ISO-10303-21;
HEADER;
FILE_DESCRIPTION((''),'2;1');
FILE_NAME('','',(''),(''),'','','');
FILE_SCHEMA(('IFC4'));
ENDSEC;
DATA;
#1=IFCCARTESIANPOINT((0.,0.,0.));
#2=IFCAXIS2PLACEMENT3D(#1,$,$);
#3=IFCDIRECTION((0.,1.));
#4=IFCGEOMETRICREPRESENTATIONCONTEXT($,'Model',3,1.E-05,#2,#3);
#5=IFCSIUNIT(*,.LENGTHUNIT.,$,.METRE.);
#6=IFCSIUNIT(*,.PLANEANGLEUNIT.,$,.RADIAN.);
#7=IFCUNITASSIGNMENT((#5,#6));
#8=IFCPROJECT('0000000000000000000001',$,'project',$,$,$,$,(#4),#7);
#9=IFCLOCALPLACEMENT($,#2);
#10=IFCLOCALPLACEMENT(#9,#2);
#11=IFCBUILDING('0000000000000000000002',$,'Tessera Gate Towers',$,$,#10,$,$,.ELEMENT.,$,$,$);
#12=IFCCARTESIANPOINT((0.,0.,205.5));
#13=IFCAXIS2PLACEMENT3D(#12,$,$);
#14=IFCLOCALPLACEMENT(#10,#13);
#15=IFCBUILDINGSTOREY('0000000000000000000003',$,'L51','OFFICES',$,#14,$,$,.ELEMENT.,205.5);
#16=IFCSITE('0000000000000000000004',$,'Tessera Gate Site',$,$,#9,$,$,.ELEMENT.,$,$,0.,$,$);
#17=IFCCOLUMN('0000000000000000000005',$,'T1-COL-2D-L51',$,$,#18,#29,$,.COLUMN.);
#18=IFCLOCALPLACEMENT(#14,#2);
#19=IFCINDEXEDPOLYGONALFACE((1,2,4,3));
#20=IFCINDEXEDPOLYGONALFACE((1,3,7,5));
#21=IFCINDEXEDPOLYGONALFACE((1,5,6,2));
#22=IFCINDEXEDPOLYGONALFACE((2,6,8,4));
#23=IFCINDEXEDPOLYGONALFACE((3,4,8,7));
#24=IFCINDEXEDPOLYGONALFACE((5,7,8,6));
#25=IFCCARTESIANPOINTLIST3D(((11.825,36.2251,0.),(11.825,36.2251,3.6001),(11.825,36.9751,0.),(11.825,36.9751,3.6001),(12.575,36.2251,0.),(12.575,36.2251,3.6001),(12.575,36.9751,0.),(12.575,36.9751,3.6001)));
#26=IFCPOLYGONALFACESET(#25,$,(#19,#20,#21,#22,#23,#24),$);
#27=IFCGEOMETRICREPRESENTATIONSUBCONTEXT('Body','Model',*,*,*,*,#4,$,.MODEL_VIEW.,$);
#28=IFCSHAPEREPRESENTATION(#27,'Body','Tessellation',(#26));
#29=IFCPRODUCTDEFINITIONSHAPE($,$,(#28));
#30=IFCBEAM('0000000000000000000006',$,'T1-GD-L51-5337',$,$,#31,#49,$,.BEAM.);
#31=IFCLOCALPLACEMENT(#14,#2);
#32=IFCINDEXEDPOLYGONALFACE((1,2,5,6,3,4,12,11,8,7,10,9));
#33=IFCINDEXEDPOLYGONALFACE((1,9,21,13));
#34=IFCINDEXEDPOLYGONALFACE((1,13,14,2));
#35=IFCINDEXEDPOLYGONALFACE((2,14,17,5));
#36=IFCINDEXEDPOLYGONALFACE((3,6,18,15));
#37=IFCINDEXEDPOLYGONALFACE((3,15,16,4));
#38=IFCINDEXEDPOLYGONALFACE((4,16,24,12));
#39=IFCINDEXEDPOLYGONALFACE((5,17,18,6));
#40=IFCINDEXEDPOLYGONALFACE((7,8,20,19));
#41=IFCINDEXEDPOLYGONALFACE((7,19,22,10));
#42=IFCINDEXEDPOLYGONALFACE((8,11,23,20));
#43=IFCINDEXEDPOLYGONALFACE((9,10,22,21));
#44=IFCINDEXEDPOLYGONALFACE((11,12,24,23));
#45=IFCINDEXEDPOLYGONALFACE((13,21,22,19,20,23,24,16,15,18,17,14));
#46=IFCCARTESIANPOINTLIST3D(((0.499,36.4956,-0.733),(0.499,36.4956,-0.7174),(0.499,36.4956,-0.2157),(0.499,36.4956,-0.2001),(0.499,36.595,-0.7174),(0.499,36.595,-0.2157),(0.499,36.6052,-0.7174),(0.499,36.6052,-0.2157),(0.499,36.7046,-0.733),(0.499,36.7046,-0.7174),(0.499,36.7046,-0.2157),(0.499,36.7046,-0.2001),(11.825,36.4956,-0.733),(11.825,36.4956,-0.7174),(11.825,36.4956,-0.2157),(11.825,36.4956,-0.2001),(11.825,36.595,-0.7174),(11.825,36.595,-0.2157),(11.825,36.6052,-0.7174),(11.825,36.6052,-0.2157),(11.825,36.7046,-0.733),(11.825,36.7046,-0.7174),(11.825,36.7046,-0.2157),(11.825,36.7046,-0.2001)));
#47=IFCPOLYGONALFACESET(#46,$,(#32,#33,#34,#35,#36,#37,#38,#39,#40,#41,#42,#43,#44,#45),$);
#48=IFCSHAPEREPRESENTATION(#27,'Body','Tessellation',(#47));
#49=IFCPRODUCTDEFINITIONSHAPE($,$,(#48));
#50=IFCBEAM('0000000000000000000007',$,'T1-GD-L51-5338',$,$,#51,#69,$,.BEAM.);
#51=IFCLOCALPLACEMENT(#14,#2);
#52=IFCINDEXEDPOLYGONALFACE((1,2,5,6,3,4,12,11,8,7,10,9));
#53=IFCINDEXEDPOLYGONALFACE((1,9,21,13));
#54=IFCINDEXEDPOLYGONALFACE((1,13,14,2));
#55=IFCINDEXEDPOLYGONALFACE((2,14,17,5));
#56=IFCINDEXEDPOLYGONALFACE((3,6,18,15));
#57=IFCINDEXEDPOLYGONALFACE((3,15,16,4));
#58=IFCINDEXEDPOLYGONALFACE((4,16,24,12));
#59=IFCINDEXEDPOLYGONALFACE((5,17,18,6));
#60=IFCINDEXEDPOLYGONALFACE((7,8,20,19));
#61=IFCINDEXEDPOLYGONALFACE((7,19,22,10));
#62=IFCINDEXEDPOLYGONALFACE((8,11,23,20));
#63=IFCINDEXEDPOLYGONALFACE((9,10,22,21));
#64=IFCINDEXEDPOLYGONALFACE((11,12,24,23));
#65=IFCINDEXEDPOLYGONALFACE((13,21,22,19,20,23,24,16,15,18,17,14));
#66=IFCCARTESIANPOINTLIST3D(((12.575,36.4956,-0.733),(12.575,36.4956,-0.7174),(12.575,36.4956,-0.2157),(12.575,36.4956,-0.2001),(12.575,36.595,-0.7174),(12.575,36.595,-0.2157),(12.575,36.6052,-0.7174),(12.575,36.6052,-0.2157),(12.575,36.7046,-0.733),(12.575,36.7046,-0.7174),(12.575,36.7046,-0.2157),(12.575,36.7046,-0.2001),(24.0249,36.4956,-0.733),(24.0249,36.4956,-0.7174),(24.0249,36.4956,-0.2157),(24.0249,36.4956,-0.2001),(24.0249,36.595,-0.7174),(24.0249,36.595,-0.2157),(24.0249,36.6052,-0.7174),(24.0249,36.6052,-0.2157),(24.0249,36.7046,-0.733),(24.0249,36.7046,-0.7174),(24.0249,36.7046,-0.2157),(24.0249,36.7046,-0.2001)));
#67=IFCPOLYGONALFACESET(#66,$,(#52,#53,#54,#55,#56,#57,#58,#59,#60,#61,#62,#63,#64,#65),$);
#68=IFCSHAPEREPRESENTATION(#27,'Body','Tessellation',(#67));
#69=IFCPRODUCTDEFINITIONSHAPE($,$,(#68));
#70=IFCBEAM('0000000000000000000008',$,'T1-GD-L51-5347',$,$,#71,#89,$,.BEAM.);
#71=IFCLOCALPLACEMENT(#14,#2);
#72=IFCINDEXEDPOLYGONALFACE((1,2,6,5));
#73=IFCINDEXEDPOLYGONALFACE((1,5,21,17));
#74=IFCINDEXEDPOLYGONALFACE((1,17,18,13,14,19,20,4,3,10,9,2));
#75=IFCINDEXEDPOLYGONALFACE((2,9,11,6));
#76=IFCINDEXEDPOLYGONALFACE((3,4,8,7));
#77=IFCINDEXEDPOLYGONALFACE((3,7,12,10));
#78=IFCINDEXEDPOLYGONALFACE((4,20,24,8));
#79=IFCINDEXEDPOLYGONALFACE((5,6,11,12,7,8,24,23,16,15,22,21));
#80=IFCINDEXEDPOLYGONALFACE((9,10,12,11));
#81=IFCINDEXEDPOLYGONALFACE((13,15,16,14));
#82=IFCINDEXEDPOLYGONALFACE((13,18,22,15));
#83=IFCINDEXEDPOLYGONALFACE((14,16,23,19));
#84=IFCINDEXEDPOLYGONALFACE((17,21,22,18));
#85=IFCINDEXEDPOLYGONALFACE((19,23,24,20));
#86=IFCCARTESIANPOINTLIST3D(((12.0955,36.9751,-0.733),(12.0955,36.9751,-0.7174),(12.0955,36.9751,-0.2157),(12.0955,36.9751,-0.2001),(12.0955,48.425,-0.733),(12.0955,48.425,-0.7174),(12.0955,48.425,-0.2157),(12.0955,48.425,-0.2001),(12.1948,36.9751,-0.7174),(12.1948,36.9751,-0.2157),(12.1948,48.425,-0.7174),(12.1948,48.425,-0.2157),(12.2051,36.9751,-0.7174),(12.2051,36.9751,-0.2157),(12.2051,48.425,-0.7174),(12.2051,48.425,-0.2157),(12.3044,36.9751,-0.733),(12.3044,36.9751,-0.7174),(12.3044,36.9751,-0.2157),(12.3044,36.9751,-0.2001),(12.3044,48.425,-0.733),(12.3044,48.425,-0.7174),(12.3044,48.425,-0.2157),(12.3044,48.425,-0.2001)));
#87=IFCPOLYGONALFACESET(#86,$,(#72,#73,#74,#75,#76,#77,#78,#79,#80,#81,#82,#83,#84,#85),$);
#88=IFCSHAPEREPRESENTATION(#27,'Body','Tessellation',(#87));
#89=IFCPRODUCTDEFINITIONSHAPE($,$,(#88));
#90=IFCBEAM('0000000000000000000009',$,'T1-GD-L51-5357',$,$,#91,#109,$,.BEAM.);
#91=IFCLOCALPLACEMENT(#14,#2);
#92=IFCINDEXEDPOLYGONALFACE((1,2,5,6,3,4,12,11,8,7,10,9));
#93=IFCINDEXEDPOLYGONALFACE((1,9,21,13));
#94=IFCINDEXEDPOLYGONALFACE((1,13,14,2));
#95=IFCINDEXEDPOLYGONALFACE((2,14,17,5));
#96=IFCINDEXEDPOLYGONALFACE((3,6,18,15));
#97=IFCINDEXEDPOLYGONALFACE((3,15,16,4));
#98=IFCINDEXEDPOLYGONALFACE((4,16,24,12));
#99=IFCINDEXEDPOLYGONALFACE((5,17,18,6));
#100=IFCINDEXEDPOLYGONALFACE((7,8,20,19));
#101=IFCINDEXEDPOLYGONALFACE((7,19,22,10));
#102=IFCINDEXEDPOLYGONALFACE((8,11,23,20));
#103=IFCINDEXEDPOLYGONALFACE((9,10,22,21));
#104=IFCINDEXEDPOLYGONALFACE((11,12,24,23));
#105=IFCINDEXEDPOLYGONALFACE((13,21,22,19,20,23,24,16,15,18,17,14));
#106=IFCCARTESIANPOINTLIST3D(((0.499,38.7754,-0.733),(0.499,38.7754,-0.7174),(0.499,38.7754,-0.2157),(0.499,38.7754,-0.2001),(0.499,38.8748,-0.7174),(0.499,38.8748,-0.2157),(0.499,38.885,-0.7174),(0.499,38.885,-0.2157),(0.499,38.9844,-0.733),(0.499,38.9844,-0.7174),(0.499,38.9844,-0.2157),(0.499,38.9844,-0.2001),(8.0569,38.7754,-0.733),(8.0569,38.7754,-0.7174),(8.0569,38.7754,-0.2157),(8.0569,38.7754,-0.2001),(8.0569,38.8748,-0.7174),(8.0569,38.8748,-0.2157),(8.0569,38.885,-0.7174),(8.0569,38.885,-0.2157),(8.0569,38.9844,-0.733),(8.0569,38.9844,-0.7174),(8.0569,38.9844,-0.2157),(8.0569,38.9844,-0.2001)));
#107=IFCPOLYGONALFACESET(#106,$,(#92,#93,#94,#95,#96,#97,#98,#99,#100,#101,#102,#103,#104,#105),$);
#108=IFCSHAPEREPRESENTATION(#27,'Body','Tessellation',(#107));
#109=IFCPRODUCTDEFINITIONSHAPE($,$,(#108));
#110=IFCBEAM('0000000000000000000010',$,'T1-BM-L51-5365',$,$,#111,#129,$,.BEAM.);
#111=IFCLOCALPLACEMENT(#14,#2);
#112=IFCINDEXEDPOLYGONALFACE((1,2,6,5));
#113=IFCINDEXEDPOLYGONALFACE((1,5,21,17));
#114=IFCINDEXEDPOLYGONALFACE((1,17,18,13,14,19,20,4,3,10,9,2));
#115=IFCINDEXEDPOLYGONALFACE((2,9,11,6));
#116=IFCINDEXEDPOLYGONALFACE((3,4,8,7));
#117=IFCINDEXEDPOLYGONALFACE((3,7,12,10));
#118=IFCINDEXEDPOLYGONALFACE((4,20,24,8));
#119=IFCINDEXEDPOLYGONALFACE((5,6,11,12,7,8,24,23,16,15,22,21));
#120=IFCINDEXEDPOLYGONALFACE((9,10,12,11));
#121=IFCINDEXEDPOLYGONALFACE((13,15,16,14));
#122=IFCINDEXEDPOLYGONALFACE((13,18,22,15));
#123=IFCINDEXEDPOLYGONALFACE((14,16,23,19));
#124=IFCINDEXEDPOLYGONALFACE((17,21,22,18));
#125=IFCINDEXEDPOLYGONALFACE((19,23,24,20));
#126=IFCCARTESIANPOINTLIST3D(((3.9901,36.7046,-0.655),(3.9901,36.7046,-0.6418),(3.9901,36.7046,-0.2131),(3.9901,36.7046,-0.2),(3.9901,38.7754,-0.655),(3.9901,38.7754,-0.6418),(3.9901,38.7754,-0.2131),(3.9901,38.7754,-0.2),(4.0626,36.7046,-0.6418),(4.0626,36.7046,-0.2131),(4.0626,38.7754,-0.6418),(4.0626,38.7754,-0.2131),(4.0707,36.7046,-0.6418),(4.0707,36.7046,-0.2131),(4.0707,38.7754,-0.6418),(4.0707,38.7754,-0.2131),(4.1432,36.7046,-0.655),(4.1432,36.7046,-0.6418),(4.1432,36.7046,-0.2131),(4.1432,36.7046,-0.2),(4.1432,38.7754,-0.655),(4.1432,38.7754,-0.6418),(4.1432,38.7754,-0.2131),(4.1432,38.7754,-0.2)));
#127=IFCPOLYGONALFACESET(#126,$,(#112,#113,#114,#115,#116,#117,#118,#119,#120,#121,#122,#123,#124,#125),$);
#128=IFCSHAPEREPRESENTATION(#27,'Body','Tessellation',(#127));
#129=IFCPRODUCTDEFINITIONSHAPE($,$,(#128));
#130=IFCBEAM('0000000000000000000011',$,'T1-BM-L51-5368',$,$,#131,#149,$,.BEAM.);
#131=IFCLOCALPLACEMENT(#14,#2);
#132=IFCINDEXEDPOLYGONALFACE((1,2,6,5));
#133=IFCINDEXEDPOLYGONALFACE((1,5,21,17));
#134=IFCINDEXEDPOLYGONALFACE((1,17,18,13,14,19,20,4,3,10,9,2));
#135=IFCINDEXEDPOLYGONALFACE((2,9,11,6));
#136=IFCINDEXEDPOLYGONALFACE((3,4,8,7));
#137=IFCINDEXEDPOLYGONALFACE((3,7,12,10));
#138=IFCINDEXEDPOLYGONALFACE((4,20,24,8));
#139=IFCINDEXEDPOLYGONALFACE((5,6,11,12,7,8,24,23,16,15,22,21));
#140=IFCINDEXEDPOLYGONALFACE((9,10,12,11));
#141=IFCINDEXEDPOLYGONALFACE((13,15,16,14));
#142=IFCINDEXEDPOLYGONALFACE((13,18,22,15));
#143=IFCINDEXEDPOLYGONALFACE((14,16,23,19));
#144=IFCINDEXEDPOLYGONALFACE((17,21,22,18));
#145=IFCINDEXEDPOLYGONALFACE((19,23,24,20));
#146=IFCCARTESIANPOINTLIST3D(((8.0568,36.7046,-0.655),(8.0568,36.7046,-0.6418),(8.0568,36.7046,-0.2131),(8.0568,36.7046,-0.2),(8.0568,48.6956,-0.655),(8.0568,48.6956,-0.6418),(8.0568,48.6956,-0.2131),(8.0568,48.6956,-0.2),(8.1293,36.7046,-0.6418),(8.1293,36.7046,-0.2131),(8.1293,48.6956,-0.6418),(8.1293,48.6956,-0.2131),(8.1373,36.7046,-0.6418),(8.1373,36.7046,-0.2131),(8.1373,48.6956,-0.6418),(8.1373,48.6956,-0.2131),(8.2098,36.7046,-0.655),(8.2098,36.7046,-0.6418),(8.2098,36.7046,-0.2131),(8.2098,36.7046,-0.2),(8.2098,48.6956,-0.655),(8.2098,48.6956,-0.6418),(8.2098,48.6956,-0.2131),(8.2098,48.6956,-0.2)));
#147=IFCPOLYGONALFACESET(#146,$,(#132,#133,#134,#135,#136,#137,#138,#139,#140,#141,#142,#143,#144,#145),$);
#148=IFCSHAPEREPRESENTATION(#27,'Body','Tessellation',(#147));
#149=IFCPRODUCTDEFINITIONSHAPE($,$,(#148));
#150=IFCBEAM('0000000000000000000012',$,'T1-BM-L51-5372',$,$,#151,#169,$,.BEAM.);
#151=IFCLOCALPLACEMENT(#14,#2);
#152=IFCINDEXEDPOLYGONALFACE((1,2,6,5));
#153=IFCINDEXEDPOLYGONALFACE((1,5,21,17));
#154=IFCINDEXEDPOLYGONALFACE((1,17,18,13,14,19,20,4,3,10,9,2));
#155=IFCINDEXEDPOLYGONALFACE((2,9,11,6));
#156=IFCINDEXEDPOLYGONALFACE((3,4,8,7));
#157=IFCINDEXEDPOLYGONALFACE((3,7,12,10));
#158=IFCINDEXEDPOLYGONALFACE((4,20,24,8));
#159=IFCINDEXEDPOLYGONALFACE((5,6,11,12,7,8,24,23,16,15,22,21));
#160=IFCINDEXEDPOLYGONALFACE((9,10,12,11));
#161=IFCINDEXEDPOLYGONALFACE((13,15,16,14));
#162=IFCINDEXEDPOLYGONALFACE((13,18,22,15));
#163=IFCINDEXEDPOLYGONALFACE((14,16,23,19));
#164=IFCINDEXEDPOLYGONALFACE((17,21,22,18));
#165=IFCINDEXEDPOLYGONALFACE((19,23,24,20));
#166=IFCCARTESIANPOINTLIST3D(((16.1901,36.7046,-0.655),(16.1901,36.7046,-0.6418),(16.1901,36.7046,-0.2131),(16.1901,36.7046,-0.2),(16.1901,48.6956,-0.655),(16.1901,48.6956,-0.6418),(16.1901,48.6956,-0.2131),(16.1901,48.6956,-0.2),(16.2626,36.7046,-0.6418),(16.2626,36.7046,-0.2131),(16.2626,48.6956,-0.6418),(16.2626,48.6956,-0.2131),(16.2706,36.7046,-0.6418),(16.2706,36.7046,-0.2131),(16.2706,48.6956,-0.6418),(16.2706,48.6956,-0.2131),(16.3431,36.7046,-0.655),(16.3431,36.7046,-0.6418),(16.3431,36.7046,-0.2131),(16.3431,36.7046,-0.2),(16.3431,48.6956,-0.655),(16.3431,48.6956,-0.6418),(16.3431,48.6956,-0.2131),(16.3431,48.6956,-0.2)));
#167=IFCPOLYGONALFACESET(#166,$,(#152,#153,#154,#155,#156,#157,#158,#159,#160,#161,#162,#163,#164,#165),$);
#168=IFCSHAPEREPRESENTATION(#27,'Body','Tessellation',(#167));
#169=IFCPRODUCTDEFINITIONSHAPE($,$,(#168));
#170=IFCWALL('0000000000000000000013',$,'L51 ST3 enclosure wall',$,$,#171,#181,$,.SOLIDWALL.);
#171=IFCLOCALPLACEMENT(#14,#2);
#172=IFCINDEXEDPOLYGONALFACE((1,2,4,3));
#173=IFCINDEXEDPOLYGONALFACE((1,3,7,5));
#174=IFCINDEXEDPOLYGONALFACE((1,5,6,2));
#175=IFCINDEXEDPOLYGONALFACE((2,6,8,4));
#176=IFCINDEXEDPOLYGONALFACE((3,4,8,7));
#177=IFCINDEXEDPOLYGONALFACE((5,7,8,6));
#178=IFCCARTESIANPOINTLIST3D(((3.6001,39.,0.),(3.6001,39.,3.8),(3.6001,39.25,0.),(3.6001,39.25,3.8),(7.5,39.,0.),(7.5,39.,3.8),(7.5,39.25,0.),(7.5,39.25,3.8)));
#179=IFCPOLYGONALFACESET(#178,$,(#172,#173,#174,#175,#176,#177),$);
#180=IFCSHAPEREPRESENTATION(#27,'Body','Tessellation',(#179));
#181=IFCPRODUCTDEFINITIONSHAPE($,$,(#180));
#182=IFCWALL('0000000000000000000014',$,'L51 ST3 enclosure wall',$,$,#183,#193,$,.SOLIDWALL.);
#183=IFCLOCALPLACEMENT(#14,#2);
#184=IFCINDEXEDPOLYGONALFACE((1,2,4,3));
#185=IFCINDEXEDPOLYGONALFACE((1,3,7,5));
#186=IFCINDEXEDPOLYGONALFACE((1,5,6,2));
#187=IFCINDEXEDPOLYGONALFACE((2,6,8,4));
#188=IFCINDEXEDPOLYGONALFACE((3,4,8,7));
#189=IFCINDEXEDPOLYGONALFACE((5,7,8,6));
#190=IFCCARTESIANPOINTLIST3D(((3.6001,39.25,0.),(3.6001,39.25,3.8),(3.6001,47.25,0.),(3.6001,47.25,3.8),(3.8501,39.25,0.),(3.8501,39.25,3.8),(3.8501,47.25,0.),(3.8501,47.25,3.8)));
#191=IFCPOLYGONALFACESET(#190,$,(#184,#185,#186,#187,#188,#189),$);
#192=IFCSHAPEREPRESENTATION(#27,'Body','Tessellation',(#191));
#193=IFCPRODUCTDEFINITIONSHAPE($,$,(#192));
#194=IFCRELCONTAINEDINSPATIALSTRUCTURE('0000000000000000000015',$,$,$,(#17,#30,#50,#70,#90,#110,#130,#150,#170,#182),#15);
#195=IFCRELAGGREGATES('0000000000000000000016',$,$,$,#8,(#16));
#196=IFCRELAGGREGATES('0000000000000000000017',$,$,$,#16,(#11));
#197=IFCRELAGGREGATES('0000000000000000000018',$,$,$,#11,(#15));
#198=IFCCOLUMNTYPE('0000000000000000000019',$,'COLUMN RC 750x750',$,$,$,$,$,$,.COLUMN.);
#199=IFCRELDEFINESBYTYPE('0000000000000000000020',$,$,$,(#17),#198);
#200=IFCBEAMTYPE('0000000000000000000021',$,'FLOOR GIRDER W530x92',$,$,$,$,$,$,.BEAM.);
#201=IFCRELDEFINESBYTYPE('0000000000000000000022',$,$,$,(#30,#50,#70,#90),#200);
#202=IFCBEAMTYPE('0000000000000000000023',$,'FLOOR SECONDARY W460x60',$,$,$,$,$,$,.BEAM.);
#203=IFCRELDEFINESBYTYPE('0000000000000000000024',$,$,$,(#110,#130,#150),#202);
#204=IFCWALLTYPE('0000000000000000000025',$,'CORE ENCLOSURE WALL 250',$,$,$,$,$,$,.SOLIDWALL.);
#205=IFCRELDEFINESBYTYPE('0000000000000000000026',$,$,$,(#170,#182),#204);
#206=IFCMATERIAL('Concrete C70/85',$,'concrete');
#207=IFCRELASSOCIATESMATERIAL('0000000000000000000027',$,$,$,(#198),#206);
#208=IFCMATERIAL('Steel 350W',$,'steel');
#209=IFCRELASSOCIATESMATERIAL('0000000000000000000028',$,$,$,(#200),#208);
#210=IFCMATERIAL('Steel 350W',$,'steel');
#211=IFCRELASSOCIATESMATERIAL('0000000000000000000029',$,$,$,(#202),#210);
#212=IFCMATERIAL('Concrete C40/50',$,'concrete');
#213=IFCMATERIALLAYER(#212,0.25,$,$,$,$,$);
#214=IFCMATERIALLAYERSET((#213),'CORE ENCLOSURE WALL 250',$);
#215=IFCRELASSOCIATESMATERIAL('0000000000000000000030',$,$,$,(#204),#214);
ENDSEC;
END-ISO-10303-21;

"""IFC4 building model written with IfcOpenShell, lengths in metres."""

from ifc_helpers import new_model, si_unit, direction, frame, frame_2d, origin, origin_2d, place, context, subcontext, project, spatial, rectangle, i_section, extrude, material, layer, layer_set, material_profile, profile_set, type_object, element, save


model = new_model("IFC4")

# Units and contexts
model_context = context("Model", 3, precision=1e-05, world=origin(), true_north=direction((0.0, 1.0)))
body_context = subcontext(model_context, "Body", "Model", "MODEL_VIEW")
ifc_project = project(units=[si_unit("LENGTHUNIT", "METRE"), si_unit("PLANEANGLEUNIT", "RADIAN")], contexts=[model_context])

# Site, building, storey
site_placement = place(None, origin())
site = spatial("IfcSite", under=ifc_project, at=site_placement, Name="Tessera Gate Site", CompositionType="ELEMENT", RefElevation=0.0)
building_placement = place(site_placement, origin())
building = spatial("IfcBuilding", under=site, at=building_placement, Name="Tessera Gate Towers", CompositionType="ELEMENT")
storey_placement = place(building_placement, frame((0.0, 0.0, 205.5)))
storey = spatial("IfcBuildingStorey", under=building, at=storey_placement, Name="L51", Description="OFFICES", CompositionType="ELEMENT", Elevation=205.5)

# Column
ifc_material_1 = material(Name="Concrete C70/85", Category="concrete")
ifc_material_profile_1 = material_profile(ifc_material_1, rectangle(XDim=0.75, YDim=0.75, at=origin_2d()), Name="RC 750x750")
ifc_profile_set_1 = profile_set([ifc_material_profile_1], Name="Concrete C70/85")
column_type = type_object("IfcColumnType", Name="COLUMN RC 750x750", PredefinedType="COLUMN", material=ifc_profile_set_1)
column_placement = place(storey_placement, frame((12.2, 36.6001, 0.0), z_axis=(0.0, 0.0, 1.0), x_axis=(1.0, 0.0, 0.0)))
element("IfcColumn", 1, at=column_placement, inside=storey, type_object=column_type, Name="T1-COL-2D-L51", PredefinedType="COLUMN", context=body_context, shape_type="SweptSolid", body=[
    extrude(rectangle(XDim=0.75, YDim=0.75, at=origin_2d()), origin(), (0.0, 0.0, 1.0), 3.6001),
])

# Beams
ifc_material_2 = material(Name="Steel 350W", Category="steel")
ifc_material_profile_2 = material_profile(ifc_material_2, i_section(OverallWidth=0.209, OverallDepth=0.533, WebThickness=0.0103, FlangeThickness=0.0156, at=origin_2d()), Name="W530x92")
ifc_profile_set_2 = profile_set([ifc_material_profile_2], Name="Steel 350W")
beam_type_1 = type_object("IfcBeamType", Name="FLOOR GIRDER W530x92", PredefinedType="BEAM", material=ifc_profile_set_2)
beam_1_placement = place(storey_placement, frame((0.499, 36.6001, -0.4666), z_axis=(1.0, 0.0, 0.0), x_axis=(0.0, 1.0, 0.0)))
element("IfcBeam", 2, at=beam_1_placement, inside=storey, type_object=beam_type_1, Name="T1-GD-L51-5337", PredefinedType="BEAM", context=body_context, shape_type="SweptSolid", body=[
    extrude(i_section(OverallWidth=0.209, OverallDepth=0.533, WebThickness=0.0103, FlangeThickness=0.0156, at=origin_2d()), origin(), (0.0, 0.0, 1.0), 11.3259),
])
for number, where, z_axis, x_axis, name in (
    (3, (12.575, 36.6001, -0.4666), (1.0, 0.0, 0.0), (0.0, 1.0, 0.0), "T1-GD-L51-5338"),
    (4, (12.2, 36.9751, -0.4666), (0.0, 1.0, 0.0), (-1.0, 0.0, 0.0), "T1-GD-L51-5347"),
):
    element("IfcBeam", number, at=place(storey_placement, frame(where, z_axis=z_axis, x_axis=x_axis)), inside=storey, type_object=beam_type_1, Name=name, PredefinedType="BEAM", context=body_context, shape_type="SweptSolid", body=[
        extrude(i_section(OverallWidth=0.209, OverallDepth=0.533, WebThickness=0.0103, FlangeThickness=0.0156, at=origin_2d()), origin(), (0.0, 0.0, 1.0), 11.45),
    ])
beam_2_placement = place(storey_placement, frame((0.499, 38.8799, -0.4666), z_axis=(1.0, 0.0, 0.0), x_axis=(0.0, 1.0, 0.0)))
element("IfcBeam", 5, at=beam_2_placement, inside=storey, type_object=beam_type_1, Name="T1-GD-L51-5357", PredefinedType="BEAM", context=body_context, shape_type="SweptSolid", body=[
    extrude(i_section(OverallWidth=0.209, OverallDepth=0.533, WebThickness=0.0103, FlangeThickness=0.0156, at=origin_2d()), origin(), (0.0, 0.0, 1.0), 7.5579),
])
ifc_material_3 = material(Name="Steel 350W", Category="steel")
ifc_material_profile_3 = material_profile(ifc_material_3, i_section(OverallWidth=0.1531, OverallDepth=0.4551, WebThickness=0.0081, FlangeThickness=0.0132, at=origin_2d()), Name="W460x60")
ifc_profile_set_3 = profile_set([ifc_material_profile_3], Name="Steel 350W")
beam_type_2 = type_object("IfcBeamType", Name="FLOOR SECONDARY W460x60", PredefinedType="BEAM", material=ifc_profile_set_3)
beam_3_placement = place(storey_placement, frame((4.0667, 36.7046, -0.4275), z_axis=(0.0, 1.0, 0.0), x_axis=(-1.0, 0.0, 0.0)))
element("IfcBeam", 6, at=beam_3_placement, inside=storey, type_object=beam_type_2, Name="T1-BM-L51-5365", PredefinedType="BEAM", context=body_context, shape_type="SweptSolid", body=[
    extrude(i_section(OverallWidth=0.1531, OverallDepth=0.4551, WebThickness=0.0081, FlangeThickness=0.0132, at=origin_2d()), origin(), (0.0, 0.0, 1.0), 2.0708),
])
for number, where, z_axis, x_axis, name in (
    (7, (8.1333, 36.7046, -0.4275), (0.0, 1.0, 0.0), (-1.0, 0.0, 0.0), "T1-BM-L51-5368"),
    (8, (16.2666, 36.7046, -0.4275), (0.0, 1.0, 0.0), (-1.0, 0.0, 0.0), "T1-BM-L51-5372"),
):
    element("IfcBeam", number, at=place(storey_placement, frame(where, z_axis=z_axis, x_axis=x_axis)), inside=storey, type_object=beam_type_2, Name=name, PredefinedType="BEAM", context=body_context, shape_type="SweptSolid", body=[
        extrude(i_section(OverallWidth=0.1531, OverallDepth=0.4551, WebThickness=0.0081, FlangeThickness=0.0132, at=origin_2d()), origin(), (0.0, 0.0, 1.0), 11.991),
    ])

# Walls
ifc_material_4 = material(Name="Concrete C40/50", Category="concrete")
ifc_layer_1 = layer(ifc_material_4, 0.25)
ifc_layer_set_1 = layer_set([ifc_layer_1], Name="CORE ENCLOSURE WALL 250")
wall_type_1 = type_object("IfcWallType", Name="CORE ENCLOSURE WALL 250", PredefinedType="SOLIDWALL", material=ifc_layer_set_1)
wall_1_placement = place(storey_placement, frame((7.5, 39.125, 0.0), z_axis=(0.0, 0.0, 1.0), x_axis=(-1.0, 0.0, 0.0)))
element("IfcWall", 9, at=wall_1_placement, inside=storey, type_object=wall_type_1, Name="L51 ST3 enclosure wall", PredefinedType="SOLIDWALL", context=body_context, shape_type="SweptSolid", body=[
    extrude(rectangle(XDim=3.8999, YDim=0.25, at=frame_2d((1.95, 0.0))), origin(), (0.0, 0.0, 1.0), 3.8),
])
wall_2_placement = place(storey_placement, frame((3.7251, 39.25, 0.0), z_axis=(0.0, 0.0, 1.0), x_axis=(0.0, 1.0, 0.0)))
element("IfcWall", 10, at=wall_2_placement, inside=storey, type_object=wall_type_1, Name="L51 ST3 enclosure wall", PredefinedType="SOLIDWALL", context=body_context, shape_type="SweptSolid", body=[
    extrude(rectangle(XDim=8.0, YDim=0.25, at=frame_2d((4.0, 0.0))), origin(), (0.0, 0.0, 1.0), 3.8),
])

save(model, "model.ifc")
